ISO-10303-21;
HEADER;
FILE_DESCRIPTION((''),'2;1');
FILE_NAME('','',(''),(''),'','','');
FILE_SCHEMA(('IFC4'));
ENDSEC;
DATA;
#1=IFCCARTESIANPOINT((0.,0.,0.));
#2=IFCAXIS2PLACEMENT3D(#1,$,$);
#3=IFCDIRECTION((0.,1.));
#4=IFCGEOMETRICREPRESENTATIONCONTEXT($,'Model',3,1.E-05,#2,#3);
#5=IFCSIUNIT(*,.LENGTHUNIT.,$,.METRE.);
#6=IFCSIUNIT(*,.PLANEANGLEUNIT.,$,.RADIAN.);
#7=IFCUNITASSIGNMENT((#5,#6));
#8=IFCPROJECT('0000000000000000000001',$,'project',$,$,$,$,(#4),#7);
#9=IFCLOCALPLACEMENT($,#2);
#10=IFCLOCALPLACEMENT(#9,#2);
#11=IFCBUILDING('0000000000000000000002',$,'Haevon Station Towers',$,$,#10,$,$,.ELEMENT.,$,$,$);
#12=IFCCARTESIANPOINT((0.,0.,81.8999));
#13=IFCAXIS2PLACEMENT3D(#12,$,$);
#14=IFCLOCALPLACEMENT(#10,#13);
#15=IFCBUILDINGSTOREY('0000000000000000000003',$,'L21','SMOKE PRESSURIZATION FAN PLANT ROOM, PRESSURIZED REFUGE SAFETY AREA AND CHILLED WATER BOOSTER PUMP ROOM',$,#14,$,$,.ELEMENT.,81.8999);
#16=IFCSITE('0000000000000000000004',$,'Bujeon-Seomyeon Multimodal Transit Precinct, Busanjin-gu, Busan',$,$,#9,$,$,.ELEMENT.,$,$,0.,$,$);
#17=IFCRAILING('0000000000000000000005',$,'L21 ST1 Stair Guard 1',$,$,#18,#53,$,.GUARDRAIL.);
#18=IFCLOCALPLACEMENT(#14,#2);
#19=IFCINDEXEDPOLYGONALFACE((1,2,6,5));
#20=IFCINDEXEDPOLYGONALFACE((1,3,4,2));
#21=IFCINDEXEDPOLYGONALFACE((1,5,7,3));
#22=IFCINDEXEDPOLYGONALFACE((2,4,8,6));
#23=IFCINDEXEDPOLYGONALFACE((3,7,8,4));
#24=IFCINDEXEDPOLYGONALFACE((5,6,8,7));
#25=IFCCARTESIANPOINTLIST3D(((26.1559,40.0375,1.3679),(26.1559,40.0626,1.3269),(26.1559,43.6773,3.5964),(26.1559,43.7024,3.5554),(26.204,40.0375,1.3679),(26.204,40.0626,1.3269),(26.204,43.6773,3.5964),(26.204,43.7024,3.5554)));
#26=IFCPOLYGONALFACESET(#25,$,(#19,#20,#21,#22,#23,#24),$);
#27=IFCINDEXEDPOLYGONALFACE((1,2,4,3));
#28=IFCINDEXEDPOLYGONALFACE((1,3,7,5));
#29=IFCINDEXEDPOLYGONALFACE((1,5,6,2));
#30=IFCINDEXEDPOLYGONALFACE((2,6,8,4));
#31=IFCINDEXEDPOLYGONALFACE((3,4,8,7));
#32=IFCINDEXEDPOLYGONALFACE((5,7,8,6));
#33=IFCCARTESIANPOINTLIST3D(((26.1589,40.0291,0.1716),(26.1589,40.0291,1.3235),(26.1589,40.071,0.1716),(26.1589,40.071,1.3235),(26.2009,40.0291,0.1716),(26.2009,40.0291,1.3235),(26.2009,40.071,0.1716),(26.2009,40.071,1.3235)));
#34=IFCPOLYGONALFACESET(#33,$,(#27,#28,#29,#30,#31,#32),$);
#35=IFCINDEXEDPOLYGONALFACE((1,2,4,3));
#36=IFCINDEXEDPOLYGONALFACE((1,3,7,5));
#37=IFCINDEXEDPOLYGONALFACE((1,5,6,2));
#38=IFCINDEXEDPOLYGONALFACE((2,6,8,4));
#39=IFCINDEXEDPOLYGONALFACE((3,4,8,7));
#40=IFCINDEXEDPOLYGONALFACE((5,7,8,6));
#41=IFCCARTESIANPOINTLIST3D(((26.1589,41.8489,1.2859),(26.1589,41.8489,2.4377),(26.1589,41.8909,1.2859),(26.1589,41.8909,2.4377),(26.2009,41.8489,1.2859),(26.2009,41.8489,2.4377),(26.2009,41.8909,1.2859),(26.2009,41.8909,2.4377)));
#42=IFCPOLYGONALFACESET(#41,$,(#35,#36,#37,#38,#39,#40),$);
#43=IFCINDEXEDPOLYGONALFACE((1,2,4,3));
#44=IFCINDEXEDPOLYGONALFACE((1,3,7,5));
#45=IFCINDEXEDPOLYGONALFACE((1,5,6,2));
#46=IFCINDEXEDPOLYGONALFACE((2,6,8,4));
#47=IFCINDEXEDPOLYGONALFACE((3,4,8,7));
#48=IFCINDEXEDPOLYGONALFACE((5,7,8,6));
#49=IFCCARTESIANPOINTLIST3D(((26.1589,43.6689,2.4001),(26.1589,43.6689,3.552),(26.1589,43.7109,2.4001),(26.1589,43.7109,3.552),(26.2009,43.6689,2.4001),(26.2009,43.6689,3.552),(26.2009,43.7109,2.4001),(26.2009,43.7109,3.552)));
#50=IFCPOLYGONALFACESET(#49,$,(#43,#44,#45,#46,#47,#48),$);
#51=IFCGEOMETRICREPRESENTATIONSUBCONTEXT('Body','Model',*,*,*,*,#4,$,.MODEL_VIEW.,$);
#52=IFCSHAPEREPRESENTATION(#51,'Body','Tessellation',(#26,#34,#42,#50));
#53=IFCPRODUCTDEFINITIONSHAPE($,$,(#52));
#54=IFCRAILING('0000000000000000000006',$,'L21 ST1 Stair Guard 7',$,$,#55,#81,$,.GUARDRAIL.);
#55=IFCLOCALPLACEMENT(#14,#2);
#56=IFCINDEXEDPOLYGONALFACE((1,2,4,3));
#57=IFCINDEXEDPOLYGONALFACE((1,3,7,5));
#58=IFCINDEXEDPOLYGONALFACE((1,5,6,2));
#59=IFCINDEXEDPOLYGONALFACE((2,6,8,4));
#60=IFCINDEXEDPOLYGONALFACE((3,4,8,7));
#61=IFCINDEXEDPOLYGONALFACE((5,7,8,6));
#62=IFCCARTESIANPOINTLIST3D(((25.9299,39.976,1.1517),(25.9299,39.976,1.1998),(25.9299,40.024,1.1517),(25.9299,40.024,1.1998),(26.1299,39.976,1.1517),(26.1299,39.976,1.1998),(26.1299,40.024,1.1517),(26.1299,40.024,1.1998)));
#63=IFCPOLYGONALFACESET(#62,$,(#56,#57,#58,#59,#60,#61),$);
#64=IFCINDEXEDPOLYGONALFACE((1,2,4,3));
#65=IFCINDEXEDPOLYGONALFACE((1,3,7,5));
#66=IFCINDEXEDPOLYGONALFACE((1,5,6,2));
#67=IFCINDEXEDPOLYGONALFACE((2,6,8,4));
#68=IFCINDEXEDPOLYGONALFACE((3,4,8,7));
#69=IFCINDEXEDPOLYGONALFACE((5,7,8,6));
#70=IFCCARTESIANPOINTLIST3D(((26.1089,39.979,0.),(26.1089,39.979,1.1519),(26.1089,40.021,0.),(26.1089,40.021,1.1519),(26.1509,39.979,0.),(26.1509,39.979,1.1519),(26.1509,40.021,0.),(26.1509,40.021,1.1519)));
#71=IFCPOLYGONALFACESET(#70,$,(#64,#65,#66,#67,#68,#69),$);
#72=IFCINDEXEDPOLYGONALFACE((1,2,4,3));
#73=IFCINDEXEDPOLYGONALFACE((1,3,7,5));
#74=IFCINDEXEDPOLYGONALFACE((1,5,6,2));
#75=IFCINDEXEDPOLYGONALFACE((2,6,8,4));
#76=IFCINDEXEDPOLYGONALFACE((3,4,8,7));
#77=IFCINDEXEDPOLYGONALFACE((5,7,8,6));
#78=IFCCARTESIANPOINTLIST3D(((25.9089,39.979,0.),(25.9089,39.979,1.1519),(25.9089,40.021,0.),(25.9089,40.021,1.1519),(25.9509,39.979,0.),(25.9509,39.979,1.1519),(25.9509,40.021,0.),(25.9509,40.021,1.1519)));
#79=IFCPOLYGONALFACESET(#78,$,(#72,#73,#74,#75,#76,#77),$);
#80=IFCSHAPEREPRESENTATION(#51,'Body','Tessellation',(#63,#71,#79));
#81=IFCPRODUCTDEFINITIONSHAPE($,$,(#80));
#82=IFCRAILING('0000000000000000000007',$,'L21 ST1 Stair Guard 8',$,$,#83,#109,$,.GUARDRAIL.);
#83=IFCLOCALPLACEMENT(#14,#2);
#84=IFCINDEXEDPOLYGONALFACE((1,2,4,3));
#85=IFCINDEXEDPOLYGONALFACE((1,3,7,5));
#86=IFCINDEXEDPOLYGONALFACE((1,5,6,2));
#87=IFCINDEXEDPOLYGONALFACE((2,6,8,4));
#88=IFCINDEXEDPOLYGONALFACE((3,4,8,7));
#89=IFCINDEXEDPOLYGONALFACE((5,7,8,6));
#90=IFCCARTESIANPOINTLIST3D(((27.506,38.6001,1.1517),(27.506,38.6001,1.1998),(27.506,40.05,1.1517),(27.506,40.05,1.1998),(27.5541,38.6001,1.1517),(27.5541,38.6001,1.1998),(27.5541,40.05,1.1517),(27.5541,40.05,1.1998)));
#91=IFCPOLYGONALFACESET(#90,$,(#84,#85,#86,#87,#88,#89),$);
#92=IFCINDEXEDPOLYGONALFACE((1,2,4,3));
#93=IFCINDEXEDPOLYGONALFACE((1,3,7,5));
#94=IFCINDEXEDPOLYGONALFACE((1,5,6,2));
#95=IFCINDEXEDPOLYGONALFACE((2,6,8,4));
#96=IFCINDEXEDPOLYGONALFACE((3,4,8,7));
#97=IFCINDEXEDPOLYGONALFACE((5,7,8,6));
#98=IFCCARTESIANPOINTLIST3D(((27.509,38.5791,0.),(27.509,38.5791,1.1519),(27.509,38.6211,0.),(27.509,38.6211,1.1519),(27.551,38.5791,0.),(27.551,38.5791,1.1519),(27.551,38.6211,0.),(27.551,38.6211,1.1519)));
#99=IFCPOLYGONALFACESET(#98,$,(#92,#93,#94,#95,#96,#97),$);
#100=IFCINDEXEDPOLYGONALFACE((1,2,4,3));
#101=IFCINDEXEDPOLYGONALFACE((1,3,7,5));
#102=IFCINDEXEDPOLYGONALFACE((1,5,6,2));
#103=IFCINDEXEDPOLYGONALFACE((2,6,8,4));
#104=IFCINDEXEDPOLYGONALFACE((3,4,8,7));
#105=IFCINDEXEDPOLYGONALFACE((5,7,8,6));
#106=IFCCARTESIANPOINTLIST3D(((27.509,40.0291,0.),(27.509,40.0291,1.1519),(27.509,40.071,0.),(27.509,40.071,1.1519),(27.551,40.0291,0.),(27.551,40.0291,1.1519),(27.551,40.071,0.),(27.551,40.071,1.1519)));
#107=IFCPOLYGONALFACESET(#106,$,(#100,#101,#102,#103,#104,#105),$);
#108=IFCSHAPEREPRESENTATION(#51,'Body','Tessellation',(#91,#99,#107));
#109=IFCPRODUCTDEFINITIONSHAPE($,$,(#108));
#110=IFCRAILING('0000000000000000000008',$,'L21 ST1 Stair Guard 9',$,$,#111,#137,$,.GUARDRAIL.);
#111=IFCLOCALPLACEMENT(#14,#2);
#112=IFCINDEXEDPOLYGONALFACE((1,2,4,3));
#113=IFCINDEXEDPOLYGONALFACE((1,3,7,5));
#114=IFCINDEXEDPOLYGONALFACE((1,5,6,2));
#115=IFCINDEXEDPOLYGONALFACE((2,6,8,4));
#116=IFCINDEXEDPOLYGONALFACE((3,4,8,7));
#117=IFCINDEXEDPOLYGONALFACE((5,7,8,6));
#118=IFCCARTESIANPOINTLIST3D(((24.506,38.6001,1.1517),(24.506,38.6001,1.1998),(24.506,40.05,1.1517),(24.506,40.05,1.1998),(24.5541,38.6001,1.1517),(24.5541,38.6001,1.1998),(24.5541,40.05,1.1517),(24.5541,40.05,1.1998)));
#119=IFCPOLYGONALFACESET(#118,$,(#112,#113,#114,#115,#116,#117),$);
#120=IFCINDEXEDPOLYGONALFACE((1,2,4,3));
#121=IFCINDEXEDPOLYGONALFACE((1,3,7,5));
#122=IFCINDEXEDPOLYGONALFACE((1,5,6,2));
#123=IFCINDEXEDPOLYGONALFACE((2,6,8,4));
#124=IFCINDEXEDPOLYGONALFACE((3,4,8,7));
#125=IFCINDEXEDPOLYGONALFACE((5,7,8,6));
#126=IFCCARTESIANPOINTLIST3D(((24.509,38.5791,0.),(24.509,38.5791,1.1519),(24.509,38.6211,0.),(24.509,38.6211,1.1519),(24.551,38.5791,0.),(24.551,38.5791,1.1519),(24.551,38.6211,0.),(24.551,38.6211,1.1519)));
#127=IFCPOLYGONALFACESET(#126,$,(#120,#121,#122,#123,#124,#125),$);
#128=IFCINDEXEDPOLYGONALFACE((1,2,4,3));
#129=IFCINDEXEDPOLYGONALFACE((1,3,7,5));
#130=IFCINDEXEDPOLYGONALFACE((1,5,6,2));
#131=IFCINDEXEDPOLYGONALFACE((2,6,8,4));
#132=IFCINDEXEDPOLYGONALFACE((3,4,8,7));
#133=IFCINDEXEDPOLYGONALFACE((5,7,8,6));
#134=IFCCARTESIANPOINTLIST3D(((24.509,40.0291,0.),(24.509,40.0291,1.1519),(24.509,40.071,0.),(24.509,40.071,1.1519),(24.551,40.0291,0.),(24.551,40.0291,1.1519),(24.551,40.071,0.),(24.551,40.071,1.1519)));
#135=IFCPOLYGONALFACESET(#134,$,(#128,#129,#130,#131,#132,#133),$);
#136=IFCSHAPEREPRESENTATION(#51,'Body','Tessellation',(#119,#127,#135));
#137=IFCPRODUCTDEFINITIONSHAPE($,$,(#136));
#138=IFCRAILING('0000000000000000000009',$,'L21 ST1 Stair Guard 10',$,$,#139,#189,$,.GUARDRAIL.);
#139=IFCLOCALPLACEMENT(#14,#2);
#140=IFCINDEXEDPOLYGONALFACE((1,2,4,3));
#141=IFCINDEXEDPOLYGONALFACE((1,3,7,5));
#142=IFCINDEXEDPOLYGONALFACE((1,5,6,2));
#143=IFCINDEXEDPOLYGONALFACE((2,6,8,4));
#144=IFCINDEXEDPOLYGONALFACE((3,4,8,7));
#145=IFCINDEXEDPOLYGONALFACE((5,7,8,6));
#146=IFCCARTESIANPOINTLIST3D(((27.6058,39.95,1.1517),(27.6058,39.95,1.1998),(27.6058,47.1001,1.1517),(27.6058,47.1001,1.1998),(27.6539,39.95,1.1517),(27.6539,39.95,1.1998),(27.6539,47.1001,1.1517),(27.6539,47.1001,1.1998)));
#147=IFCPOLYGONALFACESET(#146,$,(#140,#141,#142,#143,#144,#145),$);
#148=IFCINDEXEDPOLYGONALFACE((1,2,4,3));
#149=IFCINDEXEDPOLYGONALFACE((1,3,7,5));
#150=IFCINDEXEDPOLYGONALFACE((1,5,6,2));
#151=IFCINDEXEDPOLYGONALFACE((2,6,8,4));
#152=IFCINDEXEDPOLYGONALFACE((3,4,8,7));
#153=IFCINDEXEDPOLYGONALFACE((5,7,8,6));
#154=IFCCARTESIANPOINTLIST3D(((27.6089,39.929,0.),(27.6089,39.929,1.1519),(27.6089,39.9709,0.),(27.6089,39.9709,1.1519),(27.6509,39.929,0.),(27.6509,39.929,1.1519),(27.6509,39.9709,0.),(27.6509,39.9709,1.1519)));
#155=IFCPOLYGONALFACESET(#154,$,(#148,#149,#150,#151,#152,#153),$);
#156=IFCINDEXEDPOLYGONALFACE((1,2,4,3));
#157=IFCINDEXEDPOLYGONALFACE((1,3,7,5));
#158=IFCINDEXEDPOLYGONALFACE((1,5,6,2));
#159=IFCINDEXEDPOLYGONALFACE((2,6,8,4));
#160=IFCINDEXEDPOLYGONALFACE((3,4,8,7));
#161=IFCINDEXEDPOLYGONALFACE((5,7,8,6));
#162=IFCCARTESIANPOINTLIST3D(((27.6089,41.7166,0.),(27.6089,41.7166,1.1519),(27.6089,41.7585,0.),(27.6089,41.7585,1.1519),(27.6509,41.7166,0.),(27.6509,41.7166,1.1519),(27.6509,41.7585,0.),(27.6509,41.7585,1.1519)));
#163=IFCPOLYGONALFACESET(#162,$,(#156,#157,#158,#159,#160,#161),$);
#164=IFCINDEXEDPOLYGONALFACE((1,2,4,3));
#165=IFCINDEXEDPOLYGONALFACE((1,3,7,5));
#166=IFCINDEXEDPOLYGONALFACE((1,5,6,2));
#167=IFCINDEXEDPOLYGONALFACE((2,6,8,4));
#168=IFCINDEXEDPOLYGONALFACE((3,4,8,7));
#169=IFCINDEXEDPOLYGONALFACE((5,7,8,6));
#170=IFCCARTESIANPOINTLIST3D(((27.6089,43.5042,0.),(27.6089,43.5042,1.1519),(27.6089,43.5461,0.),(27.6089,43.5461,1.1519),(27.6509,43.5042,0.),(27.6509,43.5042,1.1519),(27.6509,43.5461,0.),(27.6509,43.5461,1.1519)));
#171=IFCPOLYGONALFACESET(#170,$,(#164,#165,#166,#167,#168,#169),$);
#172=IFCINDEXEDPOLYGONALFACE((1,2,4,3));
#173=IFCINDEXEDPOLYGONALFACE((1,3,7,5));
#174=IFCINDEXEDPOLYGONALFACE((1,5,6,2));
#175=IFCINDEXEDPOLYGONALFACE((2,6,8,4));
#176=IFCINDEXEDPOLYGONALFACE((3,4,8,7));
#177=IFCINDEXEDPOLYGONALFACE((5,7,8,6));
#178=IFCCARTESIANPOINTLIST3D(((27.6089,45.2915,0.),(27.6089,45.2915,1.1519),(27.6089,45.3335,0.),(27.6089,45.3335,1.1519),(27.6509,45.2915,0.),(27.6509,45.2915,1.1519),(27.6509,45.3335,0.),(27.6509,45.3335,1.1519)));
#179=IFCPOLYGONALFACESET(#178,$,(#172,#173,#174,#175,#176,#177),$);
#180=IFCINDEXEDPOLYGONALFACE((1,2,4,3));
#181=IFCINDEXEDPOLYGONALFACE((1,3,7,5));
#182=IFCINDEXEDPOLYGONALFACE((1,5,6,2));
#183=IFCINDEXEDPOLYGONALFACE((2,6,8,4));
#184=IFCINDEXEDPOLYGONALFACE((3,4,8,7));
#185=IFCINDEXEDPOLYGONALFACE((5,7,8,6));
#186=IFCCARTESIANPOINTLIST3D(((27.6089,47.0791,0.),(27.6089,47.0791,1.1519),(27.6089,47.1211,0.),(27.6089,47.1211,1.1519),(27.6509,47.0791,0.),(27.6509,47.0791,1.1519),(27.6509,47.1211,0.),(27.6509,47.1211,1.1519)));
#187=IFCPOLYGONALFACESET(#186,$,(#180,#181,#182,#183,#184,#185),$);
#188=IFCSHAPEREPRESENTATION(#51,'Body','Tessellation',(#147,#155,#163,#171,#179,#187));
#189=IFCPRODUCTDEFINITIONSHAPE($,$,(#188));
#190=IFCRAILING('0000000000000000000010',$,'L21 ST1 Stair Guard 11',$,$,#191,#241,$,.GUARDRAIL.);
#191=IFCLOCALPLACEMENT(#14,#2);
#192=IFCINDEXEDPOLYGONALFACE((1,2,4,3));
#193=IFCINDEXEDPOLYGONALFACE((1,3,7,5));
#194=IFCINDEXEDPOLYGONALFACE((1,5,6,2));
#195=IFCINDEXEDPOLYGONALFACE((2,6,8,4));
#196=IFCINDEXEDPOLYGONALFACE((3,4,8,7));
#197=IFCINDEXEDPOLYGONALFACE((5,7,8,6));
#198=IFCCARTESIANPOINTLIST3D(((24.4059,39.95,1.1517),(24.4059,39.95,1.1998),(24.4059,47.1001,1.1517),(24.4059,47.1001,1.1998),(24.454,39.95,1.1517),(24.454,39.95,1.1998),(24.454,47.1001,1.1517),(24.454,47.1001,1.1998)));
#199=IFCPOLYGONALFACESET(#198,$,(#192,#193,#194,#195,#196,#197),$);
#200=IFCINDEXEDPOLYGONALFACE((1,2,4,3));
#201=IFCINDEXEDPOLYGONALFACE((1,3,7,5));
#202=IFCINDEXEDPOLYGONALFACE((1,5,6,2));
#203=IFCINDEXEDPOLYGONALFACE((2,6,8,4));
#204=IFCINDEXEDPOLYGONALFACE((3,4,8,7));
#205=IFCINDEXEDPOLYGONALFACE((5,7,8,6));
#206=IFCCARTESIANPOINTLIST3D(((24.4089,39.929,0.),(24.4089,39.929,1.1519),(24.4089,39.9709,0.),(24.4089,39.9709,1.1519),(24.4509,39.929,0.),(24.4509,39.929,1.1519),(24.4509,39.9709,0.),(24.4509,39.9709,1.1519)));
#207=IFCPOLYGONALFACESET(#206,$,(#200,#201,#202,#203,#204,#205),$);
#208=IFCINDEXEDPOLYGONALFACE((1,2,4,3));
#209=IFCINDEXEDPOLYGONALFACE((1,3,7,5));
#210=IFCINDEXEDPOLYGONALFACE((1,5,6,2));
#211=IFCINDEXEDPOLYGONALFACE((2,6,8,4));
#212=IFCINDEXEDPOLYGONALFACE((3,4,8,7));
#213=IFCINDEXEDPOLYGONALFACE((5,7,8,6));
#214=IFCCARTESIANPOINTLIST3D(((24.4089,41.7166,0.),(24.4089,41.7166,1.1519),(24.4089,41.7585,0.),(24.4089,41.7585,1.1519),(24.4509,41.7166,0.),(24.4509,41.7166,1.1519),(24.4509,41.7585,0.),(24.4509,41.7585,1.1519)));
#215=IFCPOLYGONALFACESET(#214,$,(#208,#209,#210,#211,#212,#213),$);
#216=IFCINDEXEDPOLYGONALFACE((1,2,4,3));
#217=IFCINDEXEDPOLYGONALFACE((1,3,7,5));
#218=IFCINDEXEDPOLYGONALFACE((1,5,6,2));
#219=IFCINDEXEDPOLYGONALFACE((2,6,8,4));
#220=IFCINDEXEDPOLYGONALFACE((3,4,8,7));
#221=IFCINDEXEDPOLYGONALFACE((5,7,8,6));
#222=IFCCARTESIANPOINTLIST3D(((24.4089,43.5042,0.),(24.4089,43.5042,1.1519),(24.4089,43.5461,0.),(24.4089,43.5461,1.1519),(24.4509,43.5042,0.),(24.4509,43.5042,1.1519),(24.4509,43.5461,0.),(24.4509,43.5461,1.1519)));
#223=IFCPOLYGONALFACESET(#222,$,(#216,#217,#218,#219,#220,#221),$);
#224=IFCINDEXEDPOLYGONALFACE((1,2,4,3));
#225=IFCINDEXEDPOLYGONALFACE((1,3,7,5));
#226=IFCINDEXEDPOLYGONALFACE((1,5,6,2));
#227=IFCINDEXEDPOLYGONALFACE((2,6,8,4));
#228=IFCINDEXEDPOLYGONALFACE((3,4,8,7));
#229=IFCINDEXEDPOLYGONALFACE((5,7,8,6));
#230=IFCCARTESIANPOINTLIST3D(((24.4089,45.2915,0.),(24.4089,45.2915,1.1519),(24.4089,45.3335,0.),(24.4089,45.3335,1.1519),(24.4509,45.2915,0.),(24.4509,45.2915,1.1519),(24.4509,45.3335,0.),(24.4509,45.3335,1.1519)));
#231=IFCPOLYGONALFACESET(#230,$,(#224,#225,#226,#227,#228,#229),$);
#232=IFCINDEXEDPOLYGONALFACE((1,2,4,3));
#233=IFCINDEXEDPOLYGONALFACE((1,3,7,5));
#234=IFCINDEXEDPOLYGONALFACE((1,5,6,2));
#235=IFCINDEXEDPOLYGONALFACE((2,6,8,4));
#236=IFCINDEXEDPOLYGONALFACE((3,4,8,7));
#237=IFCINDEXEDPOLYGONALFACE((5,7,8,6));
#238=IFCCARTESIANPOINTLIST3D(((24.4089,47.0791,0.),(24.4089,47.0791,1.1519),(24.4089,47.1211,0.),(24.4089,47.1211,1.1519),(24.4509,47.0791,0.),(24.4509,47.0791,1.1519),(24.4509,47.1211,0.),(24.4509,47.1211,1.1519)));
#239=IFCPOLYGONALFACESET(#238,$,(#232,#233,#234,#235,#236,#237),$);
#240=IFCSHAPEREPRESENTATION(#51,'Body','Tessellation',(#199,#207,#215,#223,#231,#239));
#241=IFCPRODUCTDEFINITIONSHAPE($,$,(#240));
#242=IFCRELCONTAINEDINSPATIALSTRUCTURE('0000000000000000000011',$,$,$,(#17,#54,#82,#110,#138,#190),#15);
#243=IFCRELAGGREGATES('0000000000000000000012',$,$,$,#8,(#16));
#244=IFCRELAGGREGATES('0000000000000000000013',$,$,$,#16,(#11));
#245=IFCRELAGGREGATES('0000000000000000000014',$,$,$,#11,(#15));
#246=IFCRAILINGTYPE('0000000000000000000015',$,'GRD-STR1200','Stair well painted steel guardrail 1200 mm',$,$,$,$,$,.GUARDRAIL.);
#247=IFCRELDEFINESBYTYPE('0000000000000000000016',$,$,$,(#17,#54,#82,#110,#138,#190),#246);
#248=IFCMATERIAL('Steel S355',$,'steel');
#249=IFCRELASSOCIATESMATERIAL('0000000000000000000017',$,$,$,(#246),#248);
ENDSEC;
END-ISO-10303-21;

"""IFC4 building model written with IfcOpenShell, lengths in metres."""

from ifc_helpers import new_model, si_unit, direction, frame, origin, origin_2d, place, context, subcontext, project, spatial, rectangle, extrude, material, type_object, element, save


model = new_model("IFC4")

# Units and contexts
model_context = context("Model", 3, precision=1e-05, world=origin(), true_north=direction((0.0, 1.0)))
body_context = subcontext(model_context, "Body", "Model", "MODEL_VIEW")
ifc_project = project(units=[si_unit("LENGTHUNIT", "METRE"), si_unit("PLANEANGLEUNIT", "RADIAN")], contexts=[model_context])

# Site, building, storey
site_placement = place(None, origin())
site = spatial("IfcSite", under=ifc_project, at=site_placement, Name="Bujeon-Seomyeon Multimodal Transit Precinct, Busanjin-gu, Busan", CompositionType="ELEMENT", RefElevation=0.0)
building_placement = place(site_placement, origin())
building = spatial("IfcBuilding", under=site, at=building_placement, Name="Haevon Station Towers", CompositionType="ELEMENT")
storey_placement = place(building_placement, frame((0.0, 0.0, 81.8999)))
storey = spatial("IfcBuildingStorey", under=building, at=storey_placement, Name="L21", Description="SMOKE PRESSURIZATION FAN PLANT ROOM, PRESSURIZED REFUGE SAFETY AREA AND CHILLED WATER BOOSTER PUMP ROOM", CompositionType="ELEMENT", Elevation=81.8999)

# Shared definitions
ifc_material_1 = material(Name="Steel S355", Category="steel")

# Railings
railing_type = type_object("IfcRailingType", Name="GRD-STR1200", Description="Stair well painted steel guardrail 1200 mm", PredefinedType="GUARDRAIL", material=ifc_material_1)
railing_1_placement = place(storey_placement, frame((26.1799, 40.05, 0.1716)))
element("IfcRailing", 1, at=railing_1_placement, inside=storey, type_object=railing_type, Name="L21 ST1 Stair Guard 1", PredefinedType="GUARDRAIL", context=body_context, shape_type="SweptSolid", body=[
    extrude(rectangle(XDim=0.0481, YDim=0.0481, at=origin_2d()), frame((0.0, 0.0, 1.1758), z_axis=(0.0, 0.85285, 0.522156), x_axis=(-1.0, 0.0, 0.0)), (0.0, 0.0, 1.0), 4.2678),
    extrude(rectangle(XDim=0.042, YDim=0.042, at=origin_2d()), origin(), (0.0, 0.0, 1.0), 1.1519),
    extrude(rectangle(XDim=0.042, YDim=0.042, at=origin_2d()), frame((0.0, 1.8198, 1.1143)), (0.0, 0.0, 1.0), 1.1519),
    extrude(rectangle(XDim=0.042, YDim=0.042, at=origin_2d()), frame((0.0, 3.6399, 2.2285)), (0.0, 0.0, 1.0), 1.1519),
])
railing_2_placement = place(storey_placement, frame((26.1299, 40.0, 0.0)))
element("IfcRailing", 2, at=railing_2_placement, inside=storey, type_object=railing_type, Name="L21 ST1 Stair Guard 7", PredefinedType="GUARDRAIL", context=body_context, shape_type="SweptSolid", body=[
    extrude(rectangle(XDim=0.0481, YDim=0.0481, at=origin_2d()), frame((0.0, 0.0, 1.1758), z_axis=(-1.0, 0.0, 0.0), x_axis=(0.0, -1.0, 0.0)), (0.0, 0.0, 1.0), 0.2),
    extrude(rectangle(XDim=0.042, YDim=0.042, at=origin_2d()), origin(), (0.0, 0.0, 1.0), 1.1519),
    extrude(rectangle(XDim=0.042, YDim=0.042, at=origin_2d()), frame((-0.2, 0.0, 0.0)), (0.0, 0.0, 1.0), 1.1519),
])
for number, where, name in (
    (3, (27.53, 38.6001, 0.0), "L21 ST1 Stair Guard 8"),
    (4, (24.53, 38.6001, 0.0), "L21 ST1 Stair Guard 9"),
):
    element("IfcRailing", number, at=place(storey_placement, frame(where)), inside=storey, type_object=railing_type, Name=name, PredefinedType="GUARDRAIL", context=body_context, shape_type="SweptSolid", body=[
        extrude(rectangle(XDim=0.0481, YDim=0.0481, at=origin_2d()), frame((0.0, 0.0, 1.1758), z_axis=(0.0, 1.0, 0.0), x_axis=(-1.0, 0.0, 0.0)), (0.0, 0.0, 1.0), 1.45),
        extrude(rectangle(XDim=0.042, YDim=0.042, at=origin_2d()), origin(), (0.0, 0.0, 1.0), 1.1519),
        extrude(rectangle(XDim=0.042, YDim=0.042, at=origin_2d()), frame((0.0, 1.45, 0.0)), (0.0, 0.0, 1.0), 1.1519),
    ])
for number, where, name in (
    (5, (27.6299, 39.95, 0.0), "L21 ST1 Stair Guard 10"),
    (6, (24.4299, 39.95, 0.0), "L21 ST1 Stair Guard 11"),
):
    element("IfcRailing", number, at=place(storey_placement, frame(where)), inside=storey, type_object=railing_type, Name=name, PredefinedType="GUARDRAIL", context=body_context, shape_type="SweptSolid", body=[
        extrude(rectangle(XDim=0.0481, YDim=0.0481, at=origin_2d()), frame((0.0, 0.0, 1.1758), z_axis=(0.0, 1.0, 0.0), x_axis=(-1.0, 0.0, 0.0)), (0.0, 0.0, 1.0), 7.1501),
        extrude(rectangle(XDim=0.042, YDim=0.042, at=origin_2d()), origin(), (0.0, 0.0, 1.0), 1.1519),
        extrude(rectangle(XDim=0.042, YDim=0.042, at=origin_2d()), frame((0.0, 1.7876, 0.0)), (0.0, 0.0, 1.0), 1.1519),
        extrude(rectangle(XDim=0.042, YDim=0.042, at=origin_2d()), frame((0.0, 3.5752, 0.0)), (0.0, 0.0, 1.0), 1.1519),
        extrude(rectangle(XDim=0.042, YDim=0.042, at=origin_2d()), frame((0.0, 5.3625, 0.0)), (0.0, 0.0, 1.0), 1.1519),
        extrude(rectangle(XDim=0.042, YDim=0.042, at=origin_2d()), frame((0.0, 7.1501, 0.0)), (0.0, 0.0, 1.0), 1.1519),
    ])

save(model, "model.ifc")
